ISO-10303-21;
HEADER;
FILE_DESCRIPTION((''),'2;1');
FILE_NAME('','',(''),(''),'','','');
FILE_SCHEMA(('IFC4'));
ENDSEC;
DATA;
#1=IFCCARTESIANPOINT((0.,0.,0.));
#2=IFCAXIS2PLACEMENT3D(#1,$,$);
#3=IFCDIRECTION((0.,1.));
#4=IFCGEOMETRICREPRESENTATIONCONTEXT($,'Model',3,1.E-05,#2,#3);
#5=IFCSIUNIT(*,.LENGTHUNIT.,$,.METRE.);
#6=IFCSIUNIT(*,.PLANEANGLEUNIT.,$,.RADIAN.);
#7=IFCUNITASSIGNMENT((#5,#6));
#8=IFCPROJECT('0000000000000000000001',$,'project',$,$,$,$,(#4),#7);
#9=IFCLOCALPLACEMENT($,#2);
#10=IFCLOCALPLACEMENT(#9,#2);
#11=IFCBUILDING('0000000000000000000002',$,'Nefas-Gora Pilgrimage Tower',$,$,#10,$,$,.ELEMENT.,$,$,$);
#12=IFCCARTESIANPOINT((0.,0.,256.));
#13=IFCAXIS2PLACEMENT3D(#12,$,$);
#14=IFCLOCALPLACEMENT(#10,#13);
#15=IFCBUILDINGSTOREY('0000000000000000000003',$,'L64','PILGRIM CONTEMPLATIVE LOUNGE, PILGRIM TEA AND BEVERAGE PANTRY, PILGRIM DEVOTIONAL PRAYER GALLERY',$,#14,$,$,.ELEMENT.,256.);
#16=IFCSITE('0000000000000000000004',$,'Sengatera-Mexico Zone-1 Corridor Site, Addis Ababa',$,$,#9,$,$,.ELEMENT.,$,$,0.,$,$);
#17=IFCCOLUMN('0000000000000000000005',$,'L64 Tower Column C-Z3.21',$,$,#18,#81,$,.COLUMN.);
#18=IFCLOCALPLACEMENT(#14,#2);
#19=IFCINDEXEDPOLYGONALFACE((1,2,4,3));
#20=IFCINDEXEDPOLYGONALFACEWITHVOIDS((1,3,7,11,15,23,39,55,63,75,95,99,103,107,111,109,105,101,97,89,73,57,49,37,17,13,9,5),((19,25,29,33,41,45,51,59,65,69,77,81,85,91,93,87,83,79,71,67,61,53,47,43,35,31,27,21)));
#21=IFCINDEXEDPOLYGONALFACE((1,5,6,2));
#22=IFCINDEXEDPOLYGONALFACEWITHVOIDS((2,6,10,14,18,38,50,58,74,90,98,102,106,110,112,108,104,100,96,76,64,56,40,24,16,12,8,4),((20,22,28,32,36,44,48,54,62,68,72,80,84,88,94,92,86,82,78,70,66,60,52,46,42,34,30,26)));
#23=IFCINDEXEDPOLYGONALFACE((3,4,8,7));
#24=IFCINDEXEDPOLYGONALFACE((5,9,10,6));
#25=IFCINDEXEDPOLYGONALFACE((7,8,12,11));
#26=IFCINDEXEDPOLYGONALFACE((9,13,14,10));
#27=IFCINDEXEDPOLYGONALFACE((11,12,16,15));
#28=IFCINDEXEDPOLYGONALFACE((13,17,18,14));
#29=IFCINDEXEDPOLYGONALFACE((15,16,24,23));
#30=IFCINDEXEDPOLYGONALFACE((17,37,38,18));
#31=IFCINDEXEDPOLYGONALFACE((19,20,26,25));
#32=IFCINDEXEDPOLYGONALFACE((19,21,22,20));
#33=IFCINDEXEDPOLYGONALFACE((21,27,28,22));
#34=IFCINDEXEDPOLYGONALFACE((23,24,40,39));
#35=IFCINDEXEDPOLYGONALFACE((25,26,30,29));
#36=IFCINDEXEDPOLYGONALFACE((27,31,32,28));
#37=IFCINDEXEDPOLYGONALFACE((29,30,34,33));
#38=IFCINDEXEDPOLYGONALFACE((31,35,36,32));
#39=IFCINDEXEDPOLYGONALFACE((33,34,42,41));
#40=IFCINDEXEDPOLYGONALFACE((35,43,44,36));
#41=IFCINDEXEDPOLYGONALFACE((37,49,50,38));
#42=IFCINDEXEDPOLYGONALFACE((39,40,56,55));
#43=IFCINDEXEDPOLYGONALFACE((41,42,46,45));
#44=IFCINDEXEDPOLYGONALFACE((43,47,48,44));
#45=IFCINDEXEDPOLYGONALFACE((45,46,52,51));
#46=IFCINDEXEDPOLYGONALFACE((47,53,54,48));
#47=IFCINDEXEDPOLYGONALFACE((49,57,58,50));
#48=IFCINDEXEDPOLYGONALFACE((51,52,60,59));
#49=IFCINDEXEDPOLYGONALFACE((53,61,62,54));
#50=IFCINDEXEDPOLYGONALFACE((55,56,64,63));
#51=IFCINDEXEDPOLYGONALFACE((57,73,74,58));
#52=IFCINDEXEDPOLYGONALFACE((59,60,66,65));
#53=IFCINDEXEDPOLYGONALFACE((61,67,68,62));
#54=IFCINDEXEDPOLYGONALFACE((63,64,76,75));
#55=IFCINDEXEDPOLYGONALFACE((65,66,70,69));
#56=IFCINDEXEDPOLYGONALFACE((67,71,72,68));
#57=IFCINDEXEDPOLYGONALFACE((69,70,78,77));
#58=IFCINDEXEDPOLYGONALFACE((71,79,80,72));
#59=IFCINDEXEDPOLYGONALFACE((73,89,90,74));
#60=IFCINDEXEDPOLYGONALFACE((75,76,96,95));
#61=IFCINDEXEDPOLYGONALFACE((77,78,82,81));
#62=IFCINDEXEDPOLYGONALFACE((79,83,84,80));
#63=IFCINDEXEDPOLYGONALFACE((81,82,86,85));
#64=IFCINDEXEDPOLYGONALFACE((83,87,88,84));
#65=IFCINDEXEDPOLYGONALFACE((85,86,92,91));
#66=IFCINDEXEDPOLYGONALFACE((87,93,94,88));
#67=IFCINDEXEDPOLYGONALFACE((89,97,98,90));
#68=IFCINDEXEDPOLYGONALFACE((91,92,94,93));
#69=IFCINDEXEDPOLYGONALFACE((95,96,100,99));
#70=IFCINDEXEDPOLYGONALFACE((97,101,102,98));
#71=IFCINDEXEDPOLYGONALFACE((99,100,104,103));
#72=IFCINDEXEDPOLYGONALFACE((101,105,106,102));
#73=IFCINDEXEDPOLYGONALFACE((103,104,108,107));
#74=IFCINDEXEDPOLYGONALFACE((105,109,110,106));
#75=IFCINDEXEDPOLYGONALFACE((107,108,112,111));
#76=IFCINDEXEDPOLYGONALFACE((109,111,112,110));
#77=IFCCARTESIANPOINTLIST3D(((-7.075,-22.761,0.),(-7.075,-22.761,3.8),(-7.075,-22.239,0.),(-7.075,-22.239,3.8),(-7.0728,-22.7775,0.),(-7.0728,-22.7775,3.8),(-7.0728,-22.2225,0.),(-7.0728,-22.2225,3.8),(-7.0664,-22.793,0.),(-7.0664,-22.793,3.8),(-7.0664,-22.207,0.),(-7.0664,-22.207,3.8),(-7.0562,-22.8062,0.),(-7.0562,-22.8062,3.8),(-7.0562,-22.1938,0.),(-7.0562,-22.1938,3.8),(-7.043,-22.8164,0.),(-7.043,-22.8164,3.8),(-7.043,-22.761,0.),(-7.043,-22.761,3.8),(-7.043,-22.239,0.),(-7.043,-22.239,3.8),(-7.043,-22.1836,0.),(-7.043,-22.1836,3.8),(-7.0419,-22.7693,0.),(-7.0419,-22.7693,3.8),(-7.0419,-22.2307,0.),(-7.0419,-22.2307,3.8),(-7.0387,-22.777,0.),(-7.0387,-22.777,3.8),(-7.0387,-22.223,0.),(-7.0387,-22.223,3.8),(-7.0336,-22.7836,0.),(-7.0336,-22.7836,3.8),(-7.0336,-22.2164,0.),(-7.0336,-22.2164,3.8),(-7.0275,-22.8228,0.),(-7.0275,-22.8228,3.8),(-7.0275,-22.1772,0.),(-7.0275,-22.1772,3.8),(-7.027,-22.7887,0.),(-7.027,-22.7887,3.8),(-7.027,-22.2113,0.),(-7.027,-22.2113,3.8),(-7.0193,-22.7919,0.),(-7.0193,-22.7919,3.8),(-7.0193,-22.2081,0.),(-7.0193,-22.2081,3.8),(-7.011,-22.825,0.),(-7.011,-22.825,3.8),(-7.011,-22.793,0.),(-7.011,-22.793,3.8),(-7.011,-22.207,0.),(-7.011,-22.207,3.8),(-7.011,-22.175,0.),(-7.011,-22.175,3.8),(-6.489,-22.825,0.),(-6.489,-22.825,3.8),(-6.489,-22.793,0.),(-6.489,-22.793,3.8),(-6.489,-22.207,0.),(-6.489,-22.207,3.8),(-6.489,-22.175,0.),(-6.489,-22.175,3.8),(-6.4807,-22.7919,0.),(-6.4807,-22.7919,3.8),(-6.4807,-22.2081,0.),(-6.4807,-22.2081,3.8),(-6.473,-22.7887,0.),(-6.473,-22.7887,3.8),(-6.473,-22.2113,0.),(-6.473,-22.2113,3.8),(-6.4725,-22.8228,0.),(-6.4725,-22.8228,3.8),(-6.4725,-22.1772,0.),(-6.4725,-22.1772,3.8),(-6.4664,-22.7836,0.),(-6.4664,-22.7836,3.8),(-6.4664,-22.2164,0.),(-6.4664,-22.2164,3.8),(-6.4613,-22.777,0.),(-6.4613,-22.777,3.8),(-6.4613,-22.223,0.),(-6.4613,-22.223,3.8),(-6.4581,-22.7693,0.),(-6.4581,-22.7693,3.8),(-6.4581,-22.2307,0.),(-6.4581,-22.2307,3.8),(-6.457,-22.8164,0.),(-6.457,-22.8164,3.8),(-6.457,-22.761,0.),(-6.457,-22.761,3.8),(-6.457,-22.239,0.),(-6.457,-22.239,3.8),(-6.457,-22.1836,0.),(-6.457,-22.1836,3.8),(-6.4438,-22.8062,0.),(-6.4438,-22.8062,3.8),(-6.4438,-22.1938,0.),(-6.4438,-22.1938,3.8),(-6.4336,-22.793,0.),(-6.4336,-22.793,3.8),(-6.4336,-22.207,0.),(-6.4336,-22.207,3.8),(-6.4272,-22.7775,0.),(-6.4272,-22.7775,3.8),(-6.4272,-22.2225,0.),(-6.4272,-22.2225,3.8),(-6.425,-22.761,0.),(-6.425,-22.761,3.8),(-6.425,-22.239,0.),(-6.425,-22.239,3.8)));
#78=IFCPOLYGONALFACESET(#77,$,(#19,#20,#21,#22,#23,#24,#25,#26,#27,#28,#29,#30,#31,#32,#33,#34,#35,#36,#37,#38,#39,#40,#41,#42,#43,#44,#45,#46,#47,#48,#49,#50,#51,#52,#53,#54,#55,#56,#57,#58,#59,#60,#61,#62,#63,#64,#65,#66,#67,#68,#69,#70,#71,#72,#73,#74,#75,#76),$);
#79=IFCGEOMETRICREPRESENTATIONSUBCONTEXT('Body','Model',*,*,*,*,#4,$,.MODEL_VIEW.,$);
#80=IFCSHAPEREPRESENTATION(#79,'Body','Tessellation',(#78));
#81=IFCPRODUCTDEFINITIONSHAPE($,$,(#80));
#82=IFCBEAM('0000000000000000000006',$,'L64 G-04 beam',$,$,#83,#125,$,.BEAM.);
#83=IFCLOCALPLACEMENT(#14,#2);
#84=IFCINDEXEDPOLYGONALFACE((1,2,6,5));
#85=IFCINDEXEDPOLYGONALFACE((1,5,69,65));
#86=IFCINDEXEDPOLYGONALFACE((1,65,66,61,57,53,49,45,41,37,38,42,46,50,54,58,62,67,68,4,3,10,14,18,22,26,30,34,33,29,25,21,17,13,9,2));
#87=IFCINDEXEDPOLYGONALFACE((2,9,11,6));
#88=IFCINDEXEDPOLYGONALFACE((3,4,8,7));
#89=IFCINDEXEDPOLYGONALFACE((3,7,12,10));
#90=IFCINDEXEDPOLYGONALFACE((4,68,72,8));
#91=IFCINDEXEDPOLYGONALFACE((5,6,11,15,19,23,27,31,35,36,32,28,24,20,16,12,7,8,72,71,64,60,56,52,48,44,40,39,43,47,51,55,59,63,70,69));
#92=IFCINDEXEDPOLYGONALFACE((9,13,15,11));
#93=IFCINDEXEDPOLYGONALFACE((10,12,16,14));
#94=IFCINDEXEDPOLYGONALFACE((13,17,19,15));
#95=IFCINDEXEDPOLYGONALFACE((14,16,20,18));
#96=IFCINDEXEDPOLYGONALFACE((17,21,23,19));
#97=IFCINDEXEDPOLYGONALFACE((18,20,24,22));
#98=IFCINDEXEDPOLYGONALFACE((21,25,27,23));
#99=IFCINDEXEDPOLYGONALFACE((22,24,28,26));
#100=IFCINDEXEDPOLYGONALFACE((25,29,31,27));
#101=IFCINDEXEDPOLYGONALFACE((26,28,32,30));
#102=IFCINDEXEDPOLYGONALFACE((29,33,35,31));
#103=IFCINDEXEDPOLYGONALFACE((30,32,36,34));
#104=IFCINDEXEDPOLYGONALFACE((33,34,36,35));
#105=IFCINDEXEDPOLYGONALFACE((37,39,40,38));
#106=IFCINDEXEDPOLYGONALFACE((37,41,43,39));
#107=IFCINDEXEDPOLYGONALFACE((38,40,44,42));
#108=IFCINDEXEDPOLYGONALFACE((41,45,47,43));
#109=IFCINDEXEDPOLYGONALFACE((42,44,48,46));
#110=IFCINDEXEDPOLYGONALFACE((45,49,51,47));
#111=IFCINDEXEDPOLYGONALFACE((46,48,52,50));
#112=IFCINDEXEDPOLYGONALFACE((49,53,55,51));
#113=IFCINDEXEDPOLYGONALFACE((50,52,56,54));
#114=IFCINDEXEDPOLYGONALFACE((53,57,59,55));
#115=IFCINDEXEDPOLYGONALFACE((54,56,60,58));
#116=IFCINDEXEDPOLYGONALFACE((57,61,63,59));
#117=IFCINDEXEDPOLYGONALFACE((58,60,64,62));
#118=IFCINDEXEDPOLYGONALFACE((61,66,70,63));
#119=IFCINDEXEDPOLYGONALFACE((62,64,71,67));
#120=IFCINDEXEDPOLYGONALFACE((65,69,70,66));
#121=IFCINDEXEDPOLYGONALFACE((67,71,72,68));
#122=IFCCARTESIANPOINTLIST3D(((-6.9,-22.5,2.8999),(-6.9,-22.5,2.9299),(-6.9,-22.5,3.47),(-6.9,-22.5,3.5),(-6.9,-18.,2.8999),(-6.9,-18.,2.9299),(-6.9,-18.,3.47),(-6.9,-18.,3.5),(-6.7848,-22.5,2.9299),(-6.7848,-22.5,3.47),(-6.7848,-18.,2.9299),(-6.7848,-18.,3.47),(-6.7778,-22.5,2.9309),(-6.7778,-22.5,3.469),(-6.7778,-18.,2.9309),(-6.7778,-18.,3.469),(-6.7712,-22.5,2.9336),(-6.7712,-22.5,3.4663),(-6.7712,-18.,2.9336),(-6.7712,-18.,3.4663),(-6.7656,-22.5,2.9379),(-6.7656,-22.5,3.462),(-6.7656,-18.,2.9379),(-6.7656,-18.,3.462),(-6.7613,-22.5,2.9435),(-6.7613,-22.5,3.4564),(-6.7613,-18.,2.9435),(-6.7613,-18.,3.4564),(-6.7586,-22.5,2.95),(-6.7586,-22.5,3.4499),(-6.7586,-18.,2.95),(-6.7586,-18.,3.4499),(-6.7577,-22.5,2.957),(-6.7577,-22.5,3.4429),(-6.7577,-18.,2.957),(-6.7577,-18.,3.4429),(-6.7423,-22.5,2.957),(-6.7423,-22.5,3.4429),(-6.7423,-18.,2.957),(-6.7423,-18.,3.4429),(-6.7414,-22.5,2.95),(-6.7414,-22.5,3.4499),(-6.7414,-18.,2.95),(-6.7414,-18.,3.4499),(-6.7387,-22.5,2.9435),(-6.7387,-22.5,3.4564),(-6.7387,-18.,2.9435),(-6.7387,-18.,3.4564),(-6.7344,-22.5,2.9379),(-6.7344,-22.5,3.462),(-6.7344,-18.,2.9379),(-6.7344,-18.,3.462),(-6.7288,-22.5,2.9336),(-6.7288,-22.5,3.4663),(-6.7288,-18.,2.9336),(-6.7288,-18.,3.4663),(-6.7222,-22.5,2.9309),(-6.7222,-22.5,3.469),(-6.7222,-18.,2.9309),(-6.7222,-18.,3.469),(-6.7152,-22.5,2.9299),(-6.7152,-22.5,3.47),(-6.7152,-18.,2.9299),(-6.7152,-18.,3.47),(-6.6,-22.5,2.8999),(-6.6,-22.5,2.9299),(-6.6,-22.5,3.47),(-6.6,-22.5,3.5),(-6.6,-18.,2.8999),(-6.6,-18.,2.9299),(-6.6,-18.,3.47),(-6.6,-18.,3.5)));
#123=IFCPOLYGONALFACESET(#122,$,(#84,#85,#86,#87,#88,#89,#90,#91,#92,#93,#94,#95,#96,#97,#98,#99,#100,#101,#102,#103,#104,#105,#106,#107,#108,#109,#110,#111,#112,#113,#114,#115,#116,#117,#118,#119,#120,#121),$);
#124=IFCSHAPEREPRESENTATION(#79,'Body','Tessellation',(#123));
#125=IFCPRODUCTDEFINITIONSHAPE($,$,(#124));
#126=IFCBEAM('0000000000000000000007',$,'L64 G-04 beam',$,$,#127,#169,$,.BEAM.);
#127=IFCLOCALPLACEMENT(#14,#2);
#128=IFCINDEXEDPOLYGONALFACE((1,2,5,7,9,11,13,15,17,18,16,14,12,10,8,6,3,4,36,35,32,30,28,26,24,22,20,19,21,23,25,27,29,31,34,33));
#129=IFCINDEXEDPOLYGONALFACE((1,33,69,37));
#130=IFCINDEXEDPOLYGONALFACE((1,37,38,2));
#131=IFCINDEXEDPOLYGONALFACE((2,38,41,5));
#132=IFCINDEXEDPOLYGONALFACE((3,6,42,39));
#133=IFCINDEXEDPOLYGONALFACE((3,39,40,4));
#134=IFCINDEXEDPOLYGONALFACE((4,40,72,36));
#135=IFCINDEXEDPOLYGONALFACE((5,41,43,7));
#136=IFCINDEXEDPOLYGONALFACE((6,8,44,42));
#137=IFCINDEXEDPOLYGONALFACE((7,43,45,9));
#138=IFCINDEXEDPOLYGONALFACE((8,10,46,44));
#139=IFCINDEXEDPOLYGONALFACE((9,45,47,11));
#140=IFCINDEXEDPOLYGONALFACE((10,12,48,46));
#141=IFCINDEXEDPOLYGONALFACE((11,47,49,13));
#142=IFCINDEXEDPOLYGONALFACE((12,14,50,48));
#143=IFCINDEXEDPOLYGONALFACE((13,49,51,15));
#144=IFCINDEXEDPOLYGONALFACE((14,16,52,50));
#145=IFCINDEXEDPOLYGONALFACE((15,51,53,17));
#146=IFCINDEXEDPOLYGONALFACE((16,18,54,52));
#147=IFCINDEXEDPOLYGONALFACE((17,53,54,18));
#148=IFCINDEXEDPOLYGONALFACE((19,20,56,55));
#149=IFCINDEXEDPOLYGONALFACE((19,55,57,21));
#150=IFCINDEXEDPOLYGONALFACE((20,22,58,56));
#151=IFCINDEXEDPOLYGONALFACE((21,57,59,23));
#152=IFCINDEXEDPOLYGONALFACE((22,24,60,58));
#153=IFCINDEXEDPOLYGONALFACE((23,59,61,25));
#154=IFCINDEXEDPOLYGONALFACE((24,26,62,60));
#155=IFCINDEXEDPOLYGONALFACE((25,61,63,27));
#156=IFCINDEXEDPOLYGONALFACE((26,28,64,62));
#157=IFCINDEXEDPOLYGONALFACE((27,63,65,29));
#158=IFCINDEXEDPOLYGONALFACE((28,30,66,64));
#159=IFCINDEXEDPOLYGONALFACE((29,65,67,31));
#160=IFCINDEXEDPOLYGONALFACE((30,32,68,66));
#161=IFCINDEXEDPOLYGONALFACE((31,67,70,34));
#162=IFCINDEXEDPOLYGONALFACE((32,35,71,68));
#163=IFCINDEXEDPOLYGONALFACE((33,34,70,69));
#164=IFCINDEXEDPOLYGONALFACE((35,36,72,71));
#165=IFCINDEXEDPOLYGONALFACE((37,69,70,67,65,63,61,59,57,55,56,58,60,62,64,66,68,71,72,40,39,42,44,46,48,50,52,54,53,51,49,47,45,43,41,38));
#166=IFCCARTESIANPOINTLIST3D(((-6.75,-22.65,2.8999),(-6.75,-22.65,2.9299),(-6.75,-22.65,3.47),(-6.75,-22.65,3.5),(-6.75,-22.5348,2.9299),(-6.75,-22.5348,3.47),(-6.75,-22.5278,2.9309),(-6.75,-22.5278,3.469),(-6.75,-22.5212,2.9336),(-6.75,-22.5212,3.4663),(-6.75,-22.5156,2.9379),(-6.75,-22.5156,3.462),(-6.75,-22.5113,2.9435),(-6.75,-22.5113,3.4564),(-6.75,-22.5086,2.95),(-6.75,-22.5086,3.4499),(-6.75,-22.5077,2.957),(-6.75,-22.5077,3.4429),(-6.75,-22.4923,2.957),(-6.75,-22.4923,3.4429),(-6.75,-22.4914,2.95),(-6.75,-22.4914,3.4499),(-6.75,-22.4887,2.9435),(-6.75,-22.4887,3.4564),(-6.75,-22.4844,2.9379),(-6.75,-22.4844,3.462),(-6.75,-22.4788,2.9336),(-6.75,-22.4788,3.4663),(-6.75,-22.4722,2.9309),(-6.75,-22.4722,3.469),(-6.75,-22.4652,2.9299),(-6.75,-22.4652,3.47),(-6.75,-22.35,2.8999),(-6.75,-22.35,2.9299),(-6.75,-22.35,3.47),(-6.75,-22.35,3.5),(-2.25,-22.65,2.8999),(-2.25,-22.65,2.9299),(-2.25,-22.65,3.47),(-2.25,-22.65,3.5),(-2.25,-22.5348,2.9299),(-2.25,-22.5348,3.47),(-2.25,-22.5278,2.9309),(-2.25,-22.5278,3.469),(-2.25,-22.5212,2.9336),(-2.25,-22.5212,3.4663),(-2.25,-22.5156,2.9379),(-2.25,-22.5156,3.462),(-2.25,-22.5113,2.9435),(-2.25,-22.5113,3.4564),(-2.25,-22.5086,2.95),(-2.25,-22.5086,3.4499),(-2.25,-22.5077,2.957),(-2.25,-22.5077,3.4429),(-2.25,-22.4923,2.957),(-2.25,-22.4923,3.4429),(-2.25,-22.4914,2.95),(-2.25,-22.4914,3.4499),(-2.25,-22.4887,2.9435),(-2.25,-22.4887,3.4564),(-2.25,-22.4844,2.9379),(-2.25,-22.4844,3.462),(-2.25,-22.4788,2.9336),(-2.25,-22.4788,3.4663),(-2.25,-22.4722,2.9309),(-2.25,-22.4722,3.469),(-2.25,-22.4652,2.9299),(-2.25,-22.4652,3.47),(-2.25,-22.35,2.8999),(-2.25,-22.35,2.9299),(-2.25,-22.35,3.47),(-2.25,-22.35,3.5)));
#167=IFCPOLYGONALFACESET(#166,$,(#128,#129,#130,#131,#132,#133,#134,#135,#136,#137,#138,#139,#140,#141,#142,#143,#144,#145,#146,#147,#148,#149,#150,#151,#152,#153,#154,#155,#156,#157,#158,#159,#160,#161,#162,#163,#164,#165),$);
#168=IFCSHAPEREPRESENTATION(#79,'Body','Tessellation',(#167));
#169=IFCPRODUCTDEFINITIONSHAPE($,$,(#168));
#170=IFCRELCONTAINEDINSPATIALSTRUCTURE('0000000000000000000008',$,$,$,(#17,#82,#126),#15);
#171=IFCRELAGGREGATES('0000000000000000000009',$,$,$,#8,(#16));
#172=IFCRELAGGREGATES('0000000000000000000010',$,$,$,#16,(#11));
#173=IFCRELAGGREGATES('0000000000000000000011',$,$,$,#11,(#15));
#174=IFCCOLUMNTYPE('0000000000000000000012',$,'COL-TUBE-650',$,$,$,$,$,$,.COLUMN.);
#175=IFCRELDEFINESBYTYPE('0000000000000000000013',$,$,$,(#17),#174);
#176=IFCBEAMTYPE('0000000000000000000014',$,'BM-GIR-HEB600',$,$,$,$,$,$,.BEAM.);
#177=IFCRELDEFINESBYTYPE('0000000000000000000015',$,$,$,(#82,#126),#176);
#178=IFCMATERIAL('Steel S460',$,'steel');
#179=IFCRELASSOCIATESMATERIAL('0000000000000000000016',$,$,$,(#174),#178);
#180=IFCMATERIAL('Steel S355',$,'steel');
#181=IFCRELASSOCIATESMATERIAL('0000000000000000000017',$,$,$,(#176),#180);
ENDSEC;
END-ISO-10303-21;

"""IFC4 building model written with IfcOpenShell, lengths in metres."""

from ifc_helpers import new_model, si_unit, direction, frame, origin, origin_2d, place, context, subcontext, project, spatial, hollow_rectangle, i_section, extrude, source, transform, mapped, material, material_profile, profile_set, type_object, element, save


model = new_model("IFC4")

# Units and contexts
model_context = context("Model", 3, precision=1e-05, world=origin(), true_north=direction((0.0, 1.0)))
body_context = subcontext(model_context, "Body", "Model", "MODEL_VIEW")
ifc_project = project(units=[si_unit("LENGTHUNIT", "METRE"), si_unit("PLANEANGLEUNIT", "RADIAN")], contexts=[model_context])

# Site, building, storey
site_placement = place(None, origin())
site = spatial("IfcSite", under=ifc_project, at=site_placement, Name="Sengatera-Mexico Zone-1 Corridor Site, Addis Ababa", CompositionType="ELEMENT", RefElevation=0.0)
building_placement = place(site_placement, origin())
building = spatial("IfcBuilding", under=site, at=building_placement, Name="Nefas-Gora Pilgrimage Tower", CompositionType="ELEMENT")
storey_placement = place(building_placement, frame((0.0, 0.0, 256.0)))
storey = spatial("IfcBuildingStorey", under=building, at=storey_placement, Name="L64", Description="PILGRIM CONTEMPLATIVE LOUNGE, PILGRIM TEA AND BEVERAGE PANTRY, PILGRIM DEVOTIONAL PRAYER GALLERY", CompositionType="ELEMENT", Elevation=256.0)

# Column
ifc_material_1 = material(Name="Steel S460", Category="steel")
ifc_material_profile_1 = material_profile(ifc_material_1, hollow_rectangle(XDim=0.6499, YDim=0.6499, WallThickness=0.032, InnerFilletRadius=0.032, OuterFilletRadius=0.064, at=origin_2d()), Name="BOX 650x650x32")
ifc_profile_set_1 = profile_set([ifc_material_profile_1], Name="Steel S460")
column_type_1 = type_object("IfcColumnType", Name="COL-TUBE-650", PredefinedType="COLUMN", material=ifc_profile_set_1)
shared_shape_1 = source(origin(), body_context, "Body", "SweptSolid", [
    extrude(hollow_rectangle(XDim=0.6499, YDim=0.6499, WallThickness=0.032, InnerFilletRadius=0.032, OuterFilletRadius=0.064, at=origin_2d()), origin(), (0.0, 0.0, 1.0), 3.8),
])
column_placement = place(storey_placement, frame((-6.75, -22.5, 0.0), z_axis=(0.0, 0.0, 1.0), x_axis=(1.0, 0.0, 0.0)))
element("IfcColumn", 1, at=column_placement, inside=storey, type_object=column_type_1, Name="L64 Tower Column C-Z3.21", PredefinedType="COLUMN", context=body_context, shape_type="MappedRepresentation", body=[
    mapped(shared_shape_1, transform((0.0, 0.0, 0.0), x_axis=(1.0, 0.0, 0.0), y_axis=(0.0, 1.0, 0.0), z_axis=(0.0, 0.0, 1.0), scale=1.0)),
])

# Beams
ifc_material_2 = material(Name="Steel S355", Category="steel")
ifc_material_profile_2 = material_profile(ifc_material_2, i_section(OverallWidth=0.3, OverallDepth=0.6001, WebThickness=0.0154, FlangeThickness=0.03, FilletRadius=0.0271, at=origin_2d()), Name="HEB 600")
ifc_profile_set_2 = profile_set([ifc_material_profile_2], Name="Steel S355")
beam_type = type_object("IfcBeamType", Name="BM-GIR-HEB600", PredefinedType="BEAM", material=ifc_profile_set_2)
shared_shape_2 = source(origin(), body_context, "Body", "SweptSolid", [
    extrude(i_section(OverallWidth=0.3, OverallDepth=0.6001, WebThickness=0.0154, FlangeThickness=0.03, FilletRadius=0.0271, at=origin_2d()), origin(), (0.0, 0.0, 1.0), 4.5),
])
for number, where, z_axis, x_axis, name in (
    (2, (-6.75, -22.5, 3.2), (0.0, 1.0, 0.0), (-1.0, 0.0, 0.0), "L64 G-04 beam"),
    (3, (-6.75, -22.5, 3.2), (1.0, 0.0, 0.0), (0.0, 1.0, 0.0), "L64 G-04 beam"),
):
    element("IfcBeam", number, at=place(storey_placement, frame(where, z_axis=z_axis, x_axis=x_axis)), inside=storey, type_object=beam_type, Name=name, PredefinedType="BEAM", context=body_context, shape_type="MappedRepresentation", body=[
        mapped(shared_shape_2, transform((0.0, 0.0, 0.0), x_axis=(1.0, 0.0, 0.0), y_axis=(0.0, 1.0, 0.0), z_axis=(0.0, 0.0, 1.0), scale=1.0)),
    ])

save(model, "model.ifc")
